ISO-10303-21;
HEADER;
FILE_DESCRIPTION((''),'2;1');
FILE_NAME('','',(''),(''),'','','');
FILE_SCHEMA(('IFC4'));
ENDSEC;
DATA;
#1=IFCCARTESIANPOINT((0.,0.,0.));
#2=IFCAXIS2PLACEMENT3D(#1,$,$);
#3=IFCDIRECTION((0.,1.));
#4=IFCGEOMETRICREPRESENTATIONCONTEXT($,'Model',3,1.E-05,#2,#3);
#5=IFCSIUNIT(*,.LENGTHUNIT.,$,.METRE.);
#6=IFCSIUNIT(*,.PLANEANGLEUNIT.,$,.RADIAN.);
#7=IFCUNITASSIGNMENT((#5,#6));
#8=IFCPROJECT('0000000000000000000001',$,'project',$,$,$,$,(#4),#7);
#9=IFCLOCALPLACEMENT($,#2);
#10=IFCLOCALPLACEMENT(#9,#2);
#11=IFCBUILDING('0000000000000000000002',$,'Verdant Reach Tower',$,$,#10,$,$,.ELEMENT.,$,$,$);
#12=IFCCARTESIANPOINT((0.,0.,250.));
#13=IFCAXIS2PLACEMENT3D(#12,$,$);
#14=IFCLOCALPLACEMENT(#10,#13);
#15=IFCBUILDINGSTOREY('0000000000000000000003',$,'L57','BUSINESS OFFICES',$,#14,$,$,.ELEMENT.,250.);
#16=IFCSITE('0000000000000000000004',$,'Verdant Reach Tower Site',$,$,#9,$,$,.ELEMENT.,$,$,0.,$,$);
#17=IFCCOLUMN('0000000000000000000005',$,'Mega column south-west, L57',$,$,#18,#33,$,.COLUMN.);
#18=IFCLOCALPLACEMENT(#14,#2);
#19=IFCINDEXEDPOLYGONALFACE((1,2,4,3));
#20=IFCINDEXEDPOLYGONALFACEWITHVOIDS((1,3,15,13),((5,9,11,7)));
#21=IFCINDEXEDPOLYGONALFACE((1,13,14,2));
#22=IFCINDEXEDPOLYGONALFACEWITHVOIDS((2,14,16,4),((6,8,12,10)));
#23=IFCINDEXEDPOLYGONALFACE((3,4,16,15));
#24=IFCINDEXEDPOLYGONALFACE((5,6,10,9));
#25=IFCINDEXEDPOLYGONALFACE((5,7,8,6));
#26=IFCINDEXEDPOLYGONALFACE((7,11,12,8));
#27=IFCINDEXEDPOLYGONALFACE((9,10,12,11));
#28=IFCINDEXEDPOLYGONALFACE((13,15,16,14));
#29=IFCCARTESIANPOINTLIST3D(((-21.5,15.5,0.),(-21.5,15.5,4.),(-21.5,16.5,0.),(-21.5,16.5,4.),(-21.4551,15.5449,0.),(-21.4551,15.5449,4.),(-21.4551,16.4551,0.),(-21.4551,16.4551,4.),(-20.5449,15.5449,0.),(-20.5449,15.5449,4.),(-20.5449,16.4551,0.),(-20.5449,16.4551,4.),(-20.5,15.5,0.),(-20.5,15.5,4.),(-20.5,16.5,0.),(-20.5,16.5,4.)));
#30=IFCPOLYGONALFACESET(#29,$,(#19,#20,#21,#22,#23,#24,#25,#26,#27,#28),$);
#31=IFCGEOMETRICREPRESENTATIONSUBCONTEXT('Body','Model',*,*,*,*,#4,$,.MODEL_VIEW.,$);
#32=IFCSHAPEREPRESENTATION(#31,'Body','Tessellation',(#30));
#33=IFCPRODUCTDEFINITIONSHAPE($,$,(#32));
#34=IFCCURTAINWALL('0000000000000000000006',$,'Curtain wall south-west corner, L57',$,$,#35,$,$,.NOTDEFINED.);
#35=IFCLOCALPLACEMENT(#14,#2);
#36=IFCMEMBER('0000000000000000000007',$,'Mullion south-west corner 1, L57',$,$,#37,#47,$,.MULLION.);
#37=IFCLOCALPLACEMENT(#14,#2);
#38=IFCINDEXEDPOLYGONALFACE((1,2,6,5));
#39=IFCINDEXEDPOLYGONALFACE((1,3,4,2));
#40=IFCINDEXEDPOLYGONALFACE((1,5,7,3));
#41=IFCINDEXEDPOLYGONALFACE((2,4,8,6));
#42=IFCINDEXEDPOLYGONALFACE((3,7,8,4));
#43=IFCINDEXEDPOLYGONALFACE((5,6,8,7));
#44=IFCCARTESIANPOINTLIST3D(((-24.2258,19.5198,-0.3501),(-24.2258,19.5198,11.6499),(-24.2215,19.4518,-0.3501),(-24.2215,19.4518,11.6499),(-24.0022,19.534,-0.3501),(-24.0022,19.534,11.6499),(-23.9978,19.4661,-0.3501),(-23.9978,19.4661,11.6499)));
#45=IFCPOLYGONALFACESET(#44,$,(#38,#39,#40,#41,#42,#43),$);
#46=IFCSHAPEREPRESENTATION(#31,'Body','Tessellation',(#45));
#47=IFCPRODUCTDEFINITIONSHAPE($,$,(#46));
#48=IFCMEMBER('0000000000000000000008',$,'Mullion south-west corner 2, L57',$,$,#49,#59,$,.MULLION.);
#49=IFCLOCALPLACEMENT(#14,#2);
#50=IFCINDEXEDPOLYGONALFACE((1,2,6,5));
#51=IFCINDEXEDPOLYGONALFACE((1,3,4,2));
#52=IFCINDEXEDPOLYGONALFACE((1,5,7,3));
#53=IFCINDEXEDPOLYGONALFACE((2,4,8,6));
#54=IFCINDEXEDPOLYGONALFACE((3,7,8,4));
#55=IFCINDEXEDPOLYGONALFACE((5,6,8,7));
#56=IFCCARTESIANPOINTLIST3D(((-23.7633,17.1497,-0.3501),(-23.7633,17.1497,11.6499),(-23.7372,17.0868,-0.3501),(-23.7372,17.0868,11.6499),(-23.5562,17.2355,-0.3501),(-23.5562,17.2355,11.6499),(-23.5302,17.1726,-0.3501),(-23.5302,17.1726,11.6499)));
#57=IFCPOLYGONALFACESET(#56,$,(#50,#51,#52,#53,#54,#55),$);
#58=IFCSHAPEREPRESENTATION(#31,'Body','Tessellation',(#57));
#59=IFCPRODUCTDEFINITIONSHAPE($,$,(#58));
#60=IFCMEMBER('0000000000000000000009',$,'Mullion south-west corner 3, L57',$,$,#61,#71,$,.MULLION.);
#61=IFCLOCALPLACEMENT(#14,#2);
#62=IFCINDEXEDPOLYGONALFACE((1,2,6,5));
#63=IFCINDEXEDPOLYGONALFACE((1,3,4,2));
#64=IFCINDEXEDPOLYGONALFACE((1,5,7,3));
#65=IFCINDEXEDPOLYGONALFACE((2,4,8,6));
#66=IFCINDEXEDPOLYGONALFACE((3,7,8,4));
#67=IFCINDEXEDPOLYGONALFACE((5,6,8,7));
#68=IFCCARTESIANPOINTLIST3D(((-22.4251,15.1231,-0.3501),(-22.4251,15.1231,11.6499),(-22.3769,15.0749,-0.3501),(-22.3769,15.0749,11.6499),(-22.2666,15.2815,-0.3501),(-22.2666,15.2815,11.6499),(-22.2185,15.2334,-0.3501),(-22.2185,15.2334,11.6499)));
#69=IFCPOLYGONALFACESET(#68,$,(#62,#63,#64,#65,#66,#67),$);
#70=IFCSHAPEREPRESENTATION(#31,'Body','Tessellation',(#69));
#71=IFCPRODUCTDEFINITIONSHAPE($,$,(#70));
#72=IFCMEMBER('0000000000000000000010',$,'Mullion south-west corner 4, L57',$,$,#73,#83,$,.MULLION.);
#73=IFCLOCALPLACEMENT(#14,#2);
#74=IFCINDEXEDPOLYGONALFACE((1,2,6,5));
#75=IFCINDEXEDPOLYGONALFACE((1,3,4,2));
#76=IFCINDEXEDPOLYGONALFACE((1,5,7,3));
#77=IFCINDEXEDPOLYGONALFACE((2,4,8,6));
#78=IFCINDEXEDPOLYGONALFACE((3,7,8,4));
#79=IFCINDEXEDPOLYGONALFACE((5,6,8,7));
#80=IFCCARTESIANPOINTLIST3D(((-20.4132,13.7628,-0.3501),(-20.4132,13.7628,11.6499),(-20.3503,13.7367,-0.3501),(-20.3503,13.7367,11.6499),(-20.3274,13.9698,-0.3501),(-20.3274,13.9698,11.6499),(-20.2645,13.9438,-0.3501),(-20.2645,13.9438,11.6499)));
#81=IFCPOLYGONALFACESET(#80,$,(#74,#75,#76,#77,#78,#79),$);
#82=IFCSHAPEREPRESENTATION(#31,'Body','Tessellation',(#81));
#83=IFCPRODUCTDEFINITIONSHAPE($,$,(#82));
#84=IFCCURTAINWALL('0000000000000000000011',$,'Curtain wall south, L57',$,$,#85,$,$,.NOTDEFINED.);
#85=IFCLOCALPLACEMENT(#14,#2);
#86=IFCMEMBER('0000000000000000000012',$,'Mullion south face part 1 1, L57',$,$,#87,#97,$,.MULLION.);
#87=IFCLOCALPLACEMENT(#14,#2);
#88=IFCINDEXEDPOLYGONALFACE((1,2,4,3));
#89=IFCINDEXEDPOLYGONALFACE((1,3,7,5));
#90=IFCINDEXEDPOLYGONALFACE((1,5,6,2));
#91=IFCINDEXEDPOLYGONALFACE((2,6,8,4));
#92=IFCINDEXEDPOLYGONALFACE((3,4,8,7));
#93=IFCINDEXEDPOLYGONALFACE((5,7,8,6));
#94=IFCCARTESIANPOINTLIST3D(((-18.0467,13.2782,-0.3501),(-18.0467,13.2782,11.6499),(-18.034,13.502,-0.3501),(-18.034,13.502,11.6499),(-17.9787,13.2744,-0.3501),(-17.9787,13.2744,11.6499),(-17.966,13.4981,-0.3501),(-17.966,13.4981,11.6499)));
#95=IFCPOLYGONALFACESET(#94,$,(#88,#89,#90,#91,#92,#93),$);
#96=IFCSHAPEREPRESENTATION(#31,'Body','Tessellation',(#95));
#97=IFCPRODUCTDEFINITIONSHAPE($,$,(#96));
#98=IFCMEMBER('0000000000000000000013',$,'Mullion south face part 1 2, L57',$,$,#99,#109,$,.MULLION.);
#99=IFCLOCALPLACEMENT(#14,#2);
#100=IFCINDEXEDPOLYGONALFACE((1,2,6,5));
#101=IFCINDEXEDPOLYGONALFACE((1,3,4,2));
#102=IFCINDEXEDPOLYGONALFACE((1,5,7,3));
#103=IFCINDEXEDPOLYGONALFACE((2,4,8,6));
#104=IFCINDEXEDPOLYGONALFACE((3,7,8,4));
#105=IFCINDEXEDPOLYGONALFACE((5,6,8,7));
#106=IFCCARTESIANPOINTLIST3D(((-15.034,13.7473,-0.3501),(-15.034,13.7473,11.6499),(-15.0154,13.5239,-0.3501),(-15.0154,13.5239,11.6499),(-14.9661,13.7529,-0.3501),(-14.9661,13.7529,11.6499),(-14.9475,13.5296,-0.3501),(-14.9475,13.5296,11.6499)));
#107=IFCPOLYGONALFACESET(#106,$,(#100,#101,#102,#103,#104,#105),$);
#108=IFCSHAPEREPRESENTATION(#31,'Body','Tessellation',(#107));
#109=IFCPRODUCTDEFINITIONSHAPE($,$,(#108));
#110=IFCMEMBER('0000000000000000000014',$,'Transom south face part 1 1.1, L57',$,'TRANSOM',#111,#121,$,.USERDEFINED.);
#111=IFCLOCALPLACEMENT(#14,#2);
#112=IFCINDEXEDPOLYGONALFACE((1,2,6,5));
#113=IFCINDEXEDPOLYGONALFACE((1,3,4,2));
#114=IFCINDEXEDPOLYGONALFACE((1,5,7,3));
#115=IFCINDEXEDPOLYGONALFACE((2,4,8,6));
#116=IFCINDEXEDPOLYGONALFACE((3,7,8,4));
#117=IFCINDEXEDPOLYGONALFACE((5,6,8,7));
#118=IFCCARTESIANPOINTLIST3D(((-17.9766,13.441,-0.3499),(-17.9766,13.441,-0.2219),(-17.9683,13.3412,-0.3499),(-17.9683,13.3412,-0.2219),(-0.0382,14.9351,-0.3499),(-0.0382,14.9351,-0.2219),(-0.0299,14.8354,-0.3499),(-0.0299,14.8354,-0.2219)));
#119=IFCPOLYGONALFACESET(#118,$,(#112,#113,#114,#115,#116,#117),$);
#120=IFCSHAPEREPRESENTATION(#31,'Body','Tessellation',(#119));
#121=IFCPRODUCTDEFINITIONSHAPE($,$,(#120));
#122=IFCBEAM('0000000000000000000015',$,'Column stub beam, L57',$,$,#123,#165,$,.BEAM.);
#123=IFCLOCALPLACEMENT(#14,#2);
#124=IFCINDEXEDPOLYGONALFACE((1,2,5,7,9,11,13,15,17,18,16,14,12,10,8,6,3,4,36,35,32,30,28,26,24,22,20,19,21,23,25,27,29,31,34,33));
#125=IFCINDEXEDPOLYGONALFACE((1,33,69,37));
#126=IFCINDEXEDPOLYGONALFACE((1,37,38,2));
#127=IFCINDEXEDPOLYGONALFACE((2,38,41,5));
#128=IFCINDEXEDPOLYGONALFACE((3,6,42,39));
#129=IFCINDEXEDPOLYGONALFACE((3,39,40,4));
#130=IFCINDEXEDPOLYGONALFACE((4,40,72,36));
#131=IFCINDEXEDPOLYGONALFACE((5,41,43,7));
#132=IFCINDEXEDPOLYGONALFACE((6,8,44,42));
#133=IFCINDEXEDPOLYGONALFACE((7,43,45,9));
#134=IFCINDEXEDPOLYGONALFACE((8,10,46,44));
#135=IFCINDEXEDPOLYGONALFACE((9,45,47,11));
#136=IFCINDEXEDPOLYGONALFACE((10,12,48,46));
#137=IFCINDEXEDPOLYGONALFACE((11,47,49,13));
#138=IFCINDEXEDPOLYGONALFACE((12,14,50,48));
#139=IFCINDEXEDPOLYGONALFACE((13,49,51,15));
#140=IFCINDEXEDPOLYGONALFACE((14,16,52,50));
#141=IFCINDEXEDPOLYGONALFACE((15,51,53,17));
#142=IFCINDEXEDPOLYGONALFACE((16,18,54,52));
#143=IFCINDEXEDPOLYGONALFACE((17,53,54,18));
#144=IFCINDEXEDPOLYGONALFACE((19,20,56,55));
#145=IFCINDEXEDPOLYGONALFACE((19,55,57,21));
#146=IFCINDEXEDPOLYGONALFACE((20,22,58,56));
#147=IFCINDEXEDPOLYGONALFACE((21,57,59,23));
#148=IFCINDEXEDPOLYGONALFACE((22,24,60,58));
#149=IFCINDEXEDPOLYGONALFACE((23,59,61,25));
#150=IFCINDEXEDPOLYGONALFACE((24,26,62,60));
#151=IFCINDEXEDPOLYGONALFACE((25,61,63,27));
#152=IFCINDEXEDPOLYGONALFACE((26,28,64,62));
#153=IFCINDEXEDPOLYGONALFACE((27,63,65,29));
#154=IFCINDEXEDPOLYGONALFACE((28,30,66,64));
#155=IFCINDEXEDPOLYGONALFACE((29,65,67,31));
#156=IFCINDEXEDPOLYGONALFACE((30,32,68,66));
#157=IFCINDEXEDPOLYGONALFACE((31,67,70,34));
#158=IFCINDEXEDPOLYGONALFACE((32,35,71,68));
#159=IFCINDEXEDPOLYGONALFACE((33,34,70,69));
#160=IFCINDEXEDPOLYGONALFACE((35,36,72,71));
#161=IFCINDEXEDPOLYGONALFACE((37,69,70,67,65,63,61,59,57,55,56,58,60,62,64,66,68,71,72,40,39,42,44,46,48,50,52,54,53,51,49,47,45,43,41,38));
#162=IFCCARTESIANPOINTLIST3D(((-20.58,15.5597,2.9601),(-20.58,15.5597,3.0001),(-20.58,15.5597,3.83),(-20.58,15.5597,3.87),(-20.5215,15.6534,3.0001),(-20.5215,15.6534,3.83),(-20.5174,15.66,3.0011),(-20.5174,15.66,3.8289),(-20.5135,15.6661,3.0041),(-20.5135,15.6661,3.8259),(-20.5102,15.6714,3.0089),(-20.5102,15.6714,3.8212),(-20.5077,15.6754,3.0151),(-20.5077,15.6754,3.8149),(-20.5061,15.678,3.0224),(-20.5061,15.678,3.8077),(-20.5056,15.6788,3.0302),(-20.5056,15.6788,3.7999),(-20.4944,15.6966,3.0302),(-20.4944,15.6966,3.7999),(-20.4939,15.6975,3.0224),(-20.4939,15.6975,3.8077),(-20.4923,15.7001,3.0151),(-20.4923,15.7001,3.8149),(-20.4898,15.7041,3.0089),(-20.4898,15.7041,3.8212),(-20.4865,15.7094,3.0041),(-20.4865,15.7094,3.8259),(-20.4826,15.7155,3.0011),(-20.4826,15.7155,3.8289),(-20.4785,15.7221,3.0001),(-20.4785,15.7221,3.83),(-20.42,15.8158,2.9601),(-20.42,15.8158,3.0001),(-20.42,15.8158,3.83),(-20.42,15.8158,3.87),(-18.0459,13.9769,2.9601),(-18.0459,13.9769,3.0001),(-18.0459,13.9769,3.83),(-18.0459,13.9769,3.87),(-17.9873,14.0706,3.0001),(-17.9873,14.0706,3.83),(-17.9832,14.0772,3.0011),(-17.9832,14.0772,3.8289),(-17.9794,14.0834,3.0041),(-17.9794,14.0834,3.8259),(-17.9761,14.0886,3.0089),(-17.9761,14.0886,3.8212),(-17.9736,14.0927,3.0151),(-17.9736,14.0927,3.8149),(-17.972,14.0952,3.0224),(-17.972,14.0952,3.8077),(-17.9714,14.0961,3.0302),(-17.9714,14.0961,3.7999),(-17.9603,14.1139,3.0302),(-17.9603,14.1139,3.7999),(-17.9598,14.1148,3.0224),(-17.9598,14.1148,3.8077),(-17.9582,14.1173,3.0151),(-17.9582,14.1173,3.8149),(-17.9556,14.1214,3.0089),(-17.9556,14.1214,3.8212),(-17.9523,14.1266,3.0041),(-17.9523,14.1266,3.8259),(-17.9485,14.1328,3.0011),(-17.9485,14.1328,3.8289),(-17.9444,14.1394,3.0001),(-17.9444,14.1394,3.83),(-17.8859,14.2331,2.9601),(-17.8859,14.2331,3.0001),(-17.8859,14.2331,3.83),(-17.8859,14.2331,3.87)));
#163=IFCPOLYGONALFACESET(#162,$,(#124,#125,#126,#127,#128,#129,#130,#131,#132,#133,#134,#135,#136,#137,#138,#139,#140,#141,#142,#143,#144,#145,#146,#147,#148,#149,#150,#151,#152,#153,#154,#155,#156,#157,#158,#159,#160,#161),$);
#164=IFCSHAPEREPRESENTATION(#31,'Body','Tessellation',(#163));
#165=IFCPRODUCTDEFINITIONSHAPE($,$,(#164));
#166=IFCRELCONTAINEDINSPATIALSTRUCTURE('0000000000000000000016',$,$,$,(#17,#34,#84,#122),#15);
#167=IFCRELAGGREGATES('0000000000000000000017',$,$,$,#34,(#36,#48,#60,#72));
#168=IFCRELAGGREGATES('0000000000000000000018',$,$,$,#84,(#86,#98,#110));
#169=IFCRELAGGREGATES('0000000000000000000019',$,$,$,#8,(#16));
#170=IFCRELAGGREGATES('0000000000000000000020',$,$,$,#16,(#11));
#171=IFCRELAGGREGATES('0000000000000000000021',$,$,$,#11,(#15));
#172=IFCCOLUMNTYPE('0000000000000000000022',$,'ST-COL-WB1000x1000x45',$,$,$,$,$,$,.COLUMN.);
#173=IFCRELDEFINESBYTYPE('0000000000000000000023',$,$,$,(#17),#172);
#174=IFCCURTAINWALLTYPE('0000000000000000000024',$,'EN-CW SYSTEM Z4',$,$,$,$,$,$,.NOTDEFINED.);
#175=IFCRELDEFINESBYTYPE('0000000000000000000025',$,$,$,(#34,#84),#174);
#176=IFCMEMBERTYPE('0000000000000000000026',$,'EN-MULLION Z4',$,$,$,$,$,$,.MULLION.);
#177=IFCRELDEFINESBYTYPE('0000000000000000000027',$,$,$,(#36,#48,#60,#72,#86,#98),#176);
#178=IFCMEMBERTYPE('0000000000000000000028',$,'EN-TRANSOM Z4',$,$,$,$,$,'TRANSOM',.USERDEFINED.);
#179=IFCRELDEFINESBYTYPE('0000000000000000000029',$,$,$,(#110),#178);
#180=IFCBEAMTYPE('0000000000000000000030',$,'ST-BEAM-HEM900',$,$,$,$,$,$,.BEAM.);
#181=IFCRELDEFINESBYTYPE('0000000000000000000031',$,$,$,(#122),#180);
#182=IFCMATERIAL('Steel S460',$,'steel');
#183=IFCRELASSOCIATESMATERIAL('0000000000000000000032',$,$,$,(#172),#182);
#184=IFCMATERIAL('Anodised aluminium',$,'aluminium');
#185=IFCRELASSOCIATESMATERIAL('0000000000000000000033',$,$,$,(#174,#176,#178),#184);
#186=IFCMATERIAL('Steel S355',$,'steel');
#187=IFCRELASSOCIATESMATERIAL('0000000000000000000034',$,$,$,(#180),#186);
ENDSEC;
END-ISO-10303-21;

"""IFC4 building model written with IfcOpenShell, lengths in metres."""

from ifc_helpers import new_model, si_unit, direction, frame, origin, origin_2d, place, context, subcontext, project, spatial, rectangle, hollow_rectangle, i_section, extrude, material, material_profile, profile_set, type_object, element, aggregate, save


model = new_model("IFC4")

# Units and contexts
model_context = context("Model", 3, precision=1e-05, world=origin(), true_north=direction((0.0, 1.0)))
body_context = subcontext(model_context, "Body", "Model", "MODEL_VIEW")
ifc_project = project(units=[si_unit("LENGTHUNIT", "METRE"), si_unit("PLANEANGLEUNIT", "RADIAN")], contexts=[model_context])

# Site, building, storey
site_placement = place(None, origin())
site = spatial("IfcSite", under=ifc_project, at=site_placement, Name="Verdant Reach Tower Site", CompositionType="ELEMENT", RefElevation=0.0)
building_placement = place(site_placement, origin())
building = spatial("IfcBuilding", under=site, at=building_placement, Name="Verdant Reach Tower", CompositionType="ELEMENT")
storey_placement = place(building_placement, frame((0.0, 0.0, 250.0)))
storey = spatial("IfcBuildingStorey", under=building, at=storey_placement, Name="L57", Description="BUSINESS OFFICES", CompositionType="ELEMENT", Elevation=250.0)

# Column
ifc_material_1 = material(Name="Steel S460", Category="steel")
ifc_material_profile_1 = material_profile(ifc_material_1, hollow_rectangle(XDim=1.0, YDim=1.0, WallThickness=0.0449, at=origin_2d()), Name="WB 1000x1000x45")
ifc_profile_set_1 = profile_set([ifc_material_profile_1], Name="Steel S460")
column_type = type_object("IfcColumnType", Name="ST-COL-WB1000x1000x45", PredefinedType="COLUMN", material=ifc_profile_set_1)
column_placement = place(storey_placement, frame((-21.0, 16.0, 0.0), z_axis=(0.0, 0.0, 1.0), x_axis=(1.0, 0.0, 0.0)))
element("IfcColumn", 1, at=column_placement, inside=storey, type_object=column_type, Name="Mega column south-west, L57", PredefinedType="COLUMN", context=body_context, shape_type="SweptSolid", body=[
    extrude(hollow_rectangle(XDim=1.0, YDim=1.0, WallThickness=0.0449, at=origin_2d()), origin(), (0.0, 0.0, 1.0), 4.0),
])

# Curtain walls, members
ifc_material_2 = material(Name="Anodised aluminium", Category="aluminium")
curtain_wall_type = type_object("IfcCurtainWallType", Name="EN-CW SYSTEM Z4", PredefinedType="NOTDEFINED", material=ifc_material_2)
curtain_wall_1_placement = place(storey_placement, origin())
curtain_wall_1 = element("IfcCurtainWall", 2, at=curtain_wall_1_placement, inside=storey, type_object=curtain_wall_type, Name="Curtain wall south-west corner, L57", PredefinedType="NOTDEFINED")
ifc_material_profile_2 = material_profile(ifc_material_2, rectangle(XDim=0.2241, YDim=0.0681, at=origin_2d()), Name="Mullion 68x224")
ifc_profile_set_2 = profile_set([ifc_material_profile_2], Name="Anodised aluminium")
member_type_1 = type_object("IfcMemberType", Name="EN-MULLION Z4", PredefinedType="MULLION", material=ifc_profile_set_2)
member_1_placement = place(storey_placement, frame((-24.1118, 19.4929, -0.3501), z_axis=(0.0, 0.0, 1.0), x_axis=(-0.997969, -0.063699, 0.0)))
member_1 = element("IfcMember", 3, at=member_1_placement, type_object=member_type_1, Name="Mullion south-west corner 1, L57", PredefinedType="MULLION", context=body_context, shape_type="SweptSolid", body=[
    extrude(rectangle(XDim=0.2241, YDim=0.0681, at=origin_2d()), origin(), (0.0, 0.0, 1.0), 12.0),
])
member_2_placement = place(storey_placement, frame((-23.6467, 17.1611, -0.3501), z_axis=(0.0, 0.0, 1.0), x_axis=(-0.923875, -0.382694, 0.0)))
member_2 = element("IfcMember", 4, at=member_2_placement, type_object=member_type_1, Name="Mullion south-west corner 2, L57", PredefinedType="MULLION", context=body_context, shape_type="SweptSolid", body=[
    extrude(rectangle(XDim=0.2241, YDim=0.0681, at=origin_2d()), origin(), (0.0, 0.0, 1.0), 12.0),
])
member_3_placement = place(storey_placement, frame((-22.3218, 15.1782, -0.3501), z_axis=(0.0, 0.0, 1.0), x_axis=(-0.707107, -0.707107, 0.0)))
member_3 = element("IfcMember", 5, at=member_3_placement, type_object=member_type_1, Name="Mullion south-west corner 3, L57", PredefinedType="MULLION", context=body_context, shape_type="SweptSolid", body=[
    extrude(rectangle(XDim=0.2241, YDim=0.0681, at=origin_2d()), origin(), (0.0, 0.0, 1.0), 12.0),
])
member_4_placement = place(storey_placement, frame((-20.3389, 13.8533, -0.3501), z_axis=(0.0, 0.0, 1.0), x_axis=(-0.382694, -0.923875, 0.0)))
member_4 = element("IfcMember", 6, at=member_4_placement, type_object=member_type_1, Name="Mullion south-west corner 4, L57", PredefinedType="MULLION", context=body_context, shape_type="SweptSolid", body=[
    extrude(rectangle(XDim=0.2241, YDim=0.0681, at=origin_2d()), origin(), (0.0, 0.0, 1.0), 12.0),
])
curtain_wall_2_placement = place(storey_placement, origin())
curtain_wall_2 = element("IfcCurtainWall", 7, at=curtain_wall_2_placement, inside=storey, type_object=curtain_wall_type, Name="Curtain wall south, L57", PredefinedType="NOTDEFINED")
member_5_placement = place(storey_placement, frame((-18.0063, 13.3882, -0.3501), z_axis=(0.0, 0.0, 1.0), x_axis=(-0.056569, -0.998399, 0.0)))
member_5 = element("IfcMember", 8, at=member_5_placement, type_object=member_type_1, Name="Mullion south face part 1 1, L57", PredefinedType="MULLION", context=body_context, shape_type="SweptSolid", body=[
    extrude(rectangle(XDim=0.2241, YDim=0.0681, at=origin_2d()), origin(), (0.0, 0.0, 1.0), 12.0),
])
member_6_placement = place(storey_placement, frame((-14.9907, 13.6384, -0.3501), z_axis=(0.0, 0.0, 1.0), x_axis=(0.083045, -0.996546, 0.0)))
member_6 = element("IfcMember", 9, at=member_6_placement, type_object=member_type_1, Name="Mullion south face part 1 2, L57", PredefinedType="MULLION", context=body_context, shape_type="SweptSolid", body=[
    extrude(rectangle(XDim=0.2241, YDim=0.0681, at=origin_2d()), origin(), (0.0, 0.0, 1.0), 12.0),
])
ifc_material_profile_3 = material_profile(ifc_material_2, rectangle(XDim=0.1001, YDim=0.1279, at=origin_2d()), Name="Transom 128x100")
ifc_profile_set_3 = profile_set([ifc_material_profile_3], Name="Anodised aluminium")
member_type_2 = type_object("IfcMemberType", Name="EN-TRANSOM Z4", ElementType="TRANSOM", PredefinedType="USERDEFINED", material=ifc_profile_set_3)
member_7_placement = place(storey_placement, frame((-17.9724, 13.3911, -0.2859), z_axis=(0.996549, 0.083005, 0.0), x_axis=(-0.083005, 0.996549, 0.0)))
member_7 = element("IfcMember", 10, at=member_7_placement, type_object=member_type_2, Name="Transom south face part 1 1.1, L57", ObjectType="TRANSOM", PredefinedType="USERDEFINED", context=body_context, shape_type="SweptSolid", body=[
    extrude(rectangle(XDim=0.1001, YDim=0.1279, at=origin_2d()), origin(), (0.0, 0.0, 1.0), 18.0005),
])

# Beam
ifc_material_3 = material(Name="Steel S355", Category="steel")
ifc_material_profile_4 = material_profile(ifc_material_3, i_section(OverallWidth=0.302, OverallDepth=0.9099, WebThickness=0.021, FlangeThickness=0.04, FilletRadius=0.03, at=origin_2d()), Name="HEM 900")
ifc_profile_set_4 = profile_set([ifc_material_profile_4], Name="Steel S355")
beam_type_1 = type_object("IfcBeamType", Name="ST-BEAM-HEM900", PredefinedType="BEAM", material=ifc_profile_set_4)
beam_1_placement = place(storey_placement, frame((-20.5, 15.6877, 3.415), z_axis=(0.848164, -0.529735, 0.0), x_axis=(0.529735, 0.848164, 0.0)))
element("IfcBeam", 11, at=beam_1_placement, inside=storey, type_object=beam_type_1, Name="Column stub beam, L57", PredefinedType="BEAM", context=body_context, shape_type="SweptSolid", body=[
    extrude(i_section(OverallWidth=0.302, OverallDepth=0.9099, WebThickness=0.021, FlangeThickness=0.04, FilletRadius=0.03, at=origin_2d()), origin(), (0.0, 0.0, 1.0), 2.9878),
])

aggregate(curtain_wall_1, [member_1, member_2, member_3, member_4])
aggregate(curtain_wall_2, [member_5, member_6, member_7])

save(model, "model.ifc")
